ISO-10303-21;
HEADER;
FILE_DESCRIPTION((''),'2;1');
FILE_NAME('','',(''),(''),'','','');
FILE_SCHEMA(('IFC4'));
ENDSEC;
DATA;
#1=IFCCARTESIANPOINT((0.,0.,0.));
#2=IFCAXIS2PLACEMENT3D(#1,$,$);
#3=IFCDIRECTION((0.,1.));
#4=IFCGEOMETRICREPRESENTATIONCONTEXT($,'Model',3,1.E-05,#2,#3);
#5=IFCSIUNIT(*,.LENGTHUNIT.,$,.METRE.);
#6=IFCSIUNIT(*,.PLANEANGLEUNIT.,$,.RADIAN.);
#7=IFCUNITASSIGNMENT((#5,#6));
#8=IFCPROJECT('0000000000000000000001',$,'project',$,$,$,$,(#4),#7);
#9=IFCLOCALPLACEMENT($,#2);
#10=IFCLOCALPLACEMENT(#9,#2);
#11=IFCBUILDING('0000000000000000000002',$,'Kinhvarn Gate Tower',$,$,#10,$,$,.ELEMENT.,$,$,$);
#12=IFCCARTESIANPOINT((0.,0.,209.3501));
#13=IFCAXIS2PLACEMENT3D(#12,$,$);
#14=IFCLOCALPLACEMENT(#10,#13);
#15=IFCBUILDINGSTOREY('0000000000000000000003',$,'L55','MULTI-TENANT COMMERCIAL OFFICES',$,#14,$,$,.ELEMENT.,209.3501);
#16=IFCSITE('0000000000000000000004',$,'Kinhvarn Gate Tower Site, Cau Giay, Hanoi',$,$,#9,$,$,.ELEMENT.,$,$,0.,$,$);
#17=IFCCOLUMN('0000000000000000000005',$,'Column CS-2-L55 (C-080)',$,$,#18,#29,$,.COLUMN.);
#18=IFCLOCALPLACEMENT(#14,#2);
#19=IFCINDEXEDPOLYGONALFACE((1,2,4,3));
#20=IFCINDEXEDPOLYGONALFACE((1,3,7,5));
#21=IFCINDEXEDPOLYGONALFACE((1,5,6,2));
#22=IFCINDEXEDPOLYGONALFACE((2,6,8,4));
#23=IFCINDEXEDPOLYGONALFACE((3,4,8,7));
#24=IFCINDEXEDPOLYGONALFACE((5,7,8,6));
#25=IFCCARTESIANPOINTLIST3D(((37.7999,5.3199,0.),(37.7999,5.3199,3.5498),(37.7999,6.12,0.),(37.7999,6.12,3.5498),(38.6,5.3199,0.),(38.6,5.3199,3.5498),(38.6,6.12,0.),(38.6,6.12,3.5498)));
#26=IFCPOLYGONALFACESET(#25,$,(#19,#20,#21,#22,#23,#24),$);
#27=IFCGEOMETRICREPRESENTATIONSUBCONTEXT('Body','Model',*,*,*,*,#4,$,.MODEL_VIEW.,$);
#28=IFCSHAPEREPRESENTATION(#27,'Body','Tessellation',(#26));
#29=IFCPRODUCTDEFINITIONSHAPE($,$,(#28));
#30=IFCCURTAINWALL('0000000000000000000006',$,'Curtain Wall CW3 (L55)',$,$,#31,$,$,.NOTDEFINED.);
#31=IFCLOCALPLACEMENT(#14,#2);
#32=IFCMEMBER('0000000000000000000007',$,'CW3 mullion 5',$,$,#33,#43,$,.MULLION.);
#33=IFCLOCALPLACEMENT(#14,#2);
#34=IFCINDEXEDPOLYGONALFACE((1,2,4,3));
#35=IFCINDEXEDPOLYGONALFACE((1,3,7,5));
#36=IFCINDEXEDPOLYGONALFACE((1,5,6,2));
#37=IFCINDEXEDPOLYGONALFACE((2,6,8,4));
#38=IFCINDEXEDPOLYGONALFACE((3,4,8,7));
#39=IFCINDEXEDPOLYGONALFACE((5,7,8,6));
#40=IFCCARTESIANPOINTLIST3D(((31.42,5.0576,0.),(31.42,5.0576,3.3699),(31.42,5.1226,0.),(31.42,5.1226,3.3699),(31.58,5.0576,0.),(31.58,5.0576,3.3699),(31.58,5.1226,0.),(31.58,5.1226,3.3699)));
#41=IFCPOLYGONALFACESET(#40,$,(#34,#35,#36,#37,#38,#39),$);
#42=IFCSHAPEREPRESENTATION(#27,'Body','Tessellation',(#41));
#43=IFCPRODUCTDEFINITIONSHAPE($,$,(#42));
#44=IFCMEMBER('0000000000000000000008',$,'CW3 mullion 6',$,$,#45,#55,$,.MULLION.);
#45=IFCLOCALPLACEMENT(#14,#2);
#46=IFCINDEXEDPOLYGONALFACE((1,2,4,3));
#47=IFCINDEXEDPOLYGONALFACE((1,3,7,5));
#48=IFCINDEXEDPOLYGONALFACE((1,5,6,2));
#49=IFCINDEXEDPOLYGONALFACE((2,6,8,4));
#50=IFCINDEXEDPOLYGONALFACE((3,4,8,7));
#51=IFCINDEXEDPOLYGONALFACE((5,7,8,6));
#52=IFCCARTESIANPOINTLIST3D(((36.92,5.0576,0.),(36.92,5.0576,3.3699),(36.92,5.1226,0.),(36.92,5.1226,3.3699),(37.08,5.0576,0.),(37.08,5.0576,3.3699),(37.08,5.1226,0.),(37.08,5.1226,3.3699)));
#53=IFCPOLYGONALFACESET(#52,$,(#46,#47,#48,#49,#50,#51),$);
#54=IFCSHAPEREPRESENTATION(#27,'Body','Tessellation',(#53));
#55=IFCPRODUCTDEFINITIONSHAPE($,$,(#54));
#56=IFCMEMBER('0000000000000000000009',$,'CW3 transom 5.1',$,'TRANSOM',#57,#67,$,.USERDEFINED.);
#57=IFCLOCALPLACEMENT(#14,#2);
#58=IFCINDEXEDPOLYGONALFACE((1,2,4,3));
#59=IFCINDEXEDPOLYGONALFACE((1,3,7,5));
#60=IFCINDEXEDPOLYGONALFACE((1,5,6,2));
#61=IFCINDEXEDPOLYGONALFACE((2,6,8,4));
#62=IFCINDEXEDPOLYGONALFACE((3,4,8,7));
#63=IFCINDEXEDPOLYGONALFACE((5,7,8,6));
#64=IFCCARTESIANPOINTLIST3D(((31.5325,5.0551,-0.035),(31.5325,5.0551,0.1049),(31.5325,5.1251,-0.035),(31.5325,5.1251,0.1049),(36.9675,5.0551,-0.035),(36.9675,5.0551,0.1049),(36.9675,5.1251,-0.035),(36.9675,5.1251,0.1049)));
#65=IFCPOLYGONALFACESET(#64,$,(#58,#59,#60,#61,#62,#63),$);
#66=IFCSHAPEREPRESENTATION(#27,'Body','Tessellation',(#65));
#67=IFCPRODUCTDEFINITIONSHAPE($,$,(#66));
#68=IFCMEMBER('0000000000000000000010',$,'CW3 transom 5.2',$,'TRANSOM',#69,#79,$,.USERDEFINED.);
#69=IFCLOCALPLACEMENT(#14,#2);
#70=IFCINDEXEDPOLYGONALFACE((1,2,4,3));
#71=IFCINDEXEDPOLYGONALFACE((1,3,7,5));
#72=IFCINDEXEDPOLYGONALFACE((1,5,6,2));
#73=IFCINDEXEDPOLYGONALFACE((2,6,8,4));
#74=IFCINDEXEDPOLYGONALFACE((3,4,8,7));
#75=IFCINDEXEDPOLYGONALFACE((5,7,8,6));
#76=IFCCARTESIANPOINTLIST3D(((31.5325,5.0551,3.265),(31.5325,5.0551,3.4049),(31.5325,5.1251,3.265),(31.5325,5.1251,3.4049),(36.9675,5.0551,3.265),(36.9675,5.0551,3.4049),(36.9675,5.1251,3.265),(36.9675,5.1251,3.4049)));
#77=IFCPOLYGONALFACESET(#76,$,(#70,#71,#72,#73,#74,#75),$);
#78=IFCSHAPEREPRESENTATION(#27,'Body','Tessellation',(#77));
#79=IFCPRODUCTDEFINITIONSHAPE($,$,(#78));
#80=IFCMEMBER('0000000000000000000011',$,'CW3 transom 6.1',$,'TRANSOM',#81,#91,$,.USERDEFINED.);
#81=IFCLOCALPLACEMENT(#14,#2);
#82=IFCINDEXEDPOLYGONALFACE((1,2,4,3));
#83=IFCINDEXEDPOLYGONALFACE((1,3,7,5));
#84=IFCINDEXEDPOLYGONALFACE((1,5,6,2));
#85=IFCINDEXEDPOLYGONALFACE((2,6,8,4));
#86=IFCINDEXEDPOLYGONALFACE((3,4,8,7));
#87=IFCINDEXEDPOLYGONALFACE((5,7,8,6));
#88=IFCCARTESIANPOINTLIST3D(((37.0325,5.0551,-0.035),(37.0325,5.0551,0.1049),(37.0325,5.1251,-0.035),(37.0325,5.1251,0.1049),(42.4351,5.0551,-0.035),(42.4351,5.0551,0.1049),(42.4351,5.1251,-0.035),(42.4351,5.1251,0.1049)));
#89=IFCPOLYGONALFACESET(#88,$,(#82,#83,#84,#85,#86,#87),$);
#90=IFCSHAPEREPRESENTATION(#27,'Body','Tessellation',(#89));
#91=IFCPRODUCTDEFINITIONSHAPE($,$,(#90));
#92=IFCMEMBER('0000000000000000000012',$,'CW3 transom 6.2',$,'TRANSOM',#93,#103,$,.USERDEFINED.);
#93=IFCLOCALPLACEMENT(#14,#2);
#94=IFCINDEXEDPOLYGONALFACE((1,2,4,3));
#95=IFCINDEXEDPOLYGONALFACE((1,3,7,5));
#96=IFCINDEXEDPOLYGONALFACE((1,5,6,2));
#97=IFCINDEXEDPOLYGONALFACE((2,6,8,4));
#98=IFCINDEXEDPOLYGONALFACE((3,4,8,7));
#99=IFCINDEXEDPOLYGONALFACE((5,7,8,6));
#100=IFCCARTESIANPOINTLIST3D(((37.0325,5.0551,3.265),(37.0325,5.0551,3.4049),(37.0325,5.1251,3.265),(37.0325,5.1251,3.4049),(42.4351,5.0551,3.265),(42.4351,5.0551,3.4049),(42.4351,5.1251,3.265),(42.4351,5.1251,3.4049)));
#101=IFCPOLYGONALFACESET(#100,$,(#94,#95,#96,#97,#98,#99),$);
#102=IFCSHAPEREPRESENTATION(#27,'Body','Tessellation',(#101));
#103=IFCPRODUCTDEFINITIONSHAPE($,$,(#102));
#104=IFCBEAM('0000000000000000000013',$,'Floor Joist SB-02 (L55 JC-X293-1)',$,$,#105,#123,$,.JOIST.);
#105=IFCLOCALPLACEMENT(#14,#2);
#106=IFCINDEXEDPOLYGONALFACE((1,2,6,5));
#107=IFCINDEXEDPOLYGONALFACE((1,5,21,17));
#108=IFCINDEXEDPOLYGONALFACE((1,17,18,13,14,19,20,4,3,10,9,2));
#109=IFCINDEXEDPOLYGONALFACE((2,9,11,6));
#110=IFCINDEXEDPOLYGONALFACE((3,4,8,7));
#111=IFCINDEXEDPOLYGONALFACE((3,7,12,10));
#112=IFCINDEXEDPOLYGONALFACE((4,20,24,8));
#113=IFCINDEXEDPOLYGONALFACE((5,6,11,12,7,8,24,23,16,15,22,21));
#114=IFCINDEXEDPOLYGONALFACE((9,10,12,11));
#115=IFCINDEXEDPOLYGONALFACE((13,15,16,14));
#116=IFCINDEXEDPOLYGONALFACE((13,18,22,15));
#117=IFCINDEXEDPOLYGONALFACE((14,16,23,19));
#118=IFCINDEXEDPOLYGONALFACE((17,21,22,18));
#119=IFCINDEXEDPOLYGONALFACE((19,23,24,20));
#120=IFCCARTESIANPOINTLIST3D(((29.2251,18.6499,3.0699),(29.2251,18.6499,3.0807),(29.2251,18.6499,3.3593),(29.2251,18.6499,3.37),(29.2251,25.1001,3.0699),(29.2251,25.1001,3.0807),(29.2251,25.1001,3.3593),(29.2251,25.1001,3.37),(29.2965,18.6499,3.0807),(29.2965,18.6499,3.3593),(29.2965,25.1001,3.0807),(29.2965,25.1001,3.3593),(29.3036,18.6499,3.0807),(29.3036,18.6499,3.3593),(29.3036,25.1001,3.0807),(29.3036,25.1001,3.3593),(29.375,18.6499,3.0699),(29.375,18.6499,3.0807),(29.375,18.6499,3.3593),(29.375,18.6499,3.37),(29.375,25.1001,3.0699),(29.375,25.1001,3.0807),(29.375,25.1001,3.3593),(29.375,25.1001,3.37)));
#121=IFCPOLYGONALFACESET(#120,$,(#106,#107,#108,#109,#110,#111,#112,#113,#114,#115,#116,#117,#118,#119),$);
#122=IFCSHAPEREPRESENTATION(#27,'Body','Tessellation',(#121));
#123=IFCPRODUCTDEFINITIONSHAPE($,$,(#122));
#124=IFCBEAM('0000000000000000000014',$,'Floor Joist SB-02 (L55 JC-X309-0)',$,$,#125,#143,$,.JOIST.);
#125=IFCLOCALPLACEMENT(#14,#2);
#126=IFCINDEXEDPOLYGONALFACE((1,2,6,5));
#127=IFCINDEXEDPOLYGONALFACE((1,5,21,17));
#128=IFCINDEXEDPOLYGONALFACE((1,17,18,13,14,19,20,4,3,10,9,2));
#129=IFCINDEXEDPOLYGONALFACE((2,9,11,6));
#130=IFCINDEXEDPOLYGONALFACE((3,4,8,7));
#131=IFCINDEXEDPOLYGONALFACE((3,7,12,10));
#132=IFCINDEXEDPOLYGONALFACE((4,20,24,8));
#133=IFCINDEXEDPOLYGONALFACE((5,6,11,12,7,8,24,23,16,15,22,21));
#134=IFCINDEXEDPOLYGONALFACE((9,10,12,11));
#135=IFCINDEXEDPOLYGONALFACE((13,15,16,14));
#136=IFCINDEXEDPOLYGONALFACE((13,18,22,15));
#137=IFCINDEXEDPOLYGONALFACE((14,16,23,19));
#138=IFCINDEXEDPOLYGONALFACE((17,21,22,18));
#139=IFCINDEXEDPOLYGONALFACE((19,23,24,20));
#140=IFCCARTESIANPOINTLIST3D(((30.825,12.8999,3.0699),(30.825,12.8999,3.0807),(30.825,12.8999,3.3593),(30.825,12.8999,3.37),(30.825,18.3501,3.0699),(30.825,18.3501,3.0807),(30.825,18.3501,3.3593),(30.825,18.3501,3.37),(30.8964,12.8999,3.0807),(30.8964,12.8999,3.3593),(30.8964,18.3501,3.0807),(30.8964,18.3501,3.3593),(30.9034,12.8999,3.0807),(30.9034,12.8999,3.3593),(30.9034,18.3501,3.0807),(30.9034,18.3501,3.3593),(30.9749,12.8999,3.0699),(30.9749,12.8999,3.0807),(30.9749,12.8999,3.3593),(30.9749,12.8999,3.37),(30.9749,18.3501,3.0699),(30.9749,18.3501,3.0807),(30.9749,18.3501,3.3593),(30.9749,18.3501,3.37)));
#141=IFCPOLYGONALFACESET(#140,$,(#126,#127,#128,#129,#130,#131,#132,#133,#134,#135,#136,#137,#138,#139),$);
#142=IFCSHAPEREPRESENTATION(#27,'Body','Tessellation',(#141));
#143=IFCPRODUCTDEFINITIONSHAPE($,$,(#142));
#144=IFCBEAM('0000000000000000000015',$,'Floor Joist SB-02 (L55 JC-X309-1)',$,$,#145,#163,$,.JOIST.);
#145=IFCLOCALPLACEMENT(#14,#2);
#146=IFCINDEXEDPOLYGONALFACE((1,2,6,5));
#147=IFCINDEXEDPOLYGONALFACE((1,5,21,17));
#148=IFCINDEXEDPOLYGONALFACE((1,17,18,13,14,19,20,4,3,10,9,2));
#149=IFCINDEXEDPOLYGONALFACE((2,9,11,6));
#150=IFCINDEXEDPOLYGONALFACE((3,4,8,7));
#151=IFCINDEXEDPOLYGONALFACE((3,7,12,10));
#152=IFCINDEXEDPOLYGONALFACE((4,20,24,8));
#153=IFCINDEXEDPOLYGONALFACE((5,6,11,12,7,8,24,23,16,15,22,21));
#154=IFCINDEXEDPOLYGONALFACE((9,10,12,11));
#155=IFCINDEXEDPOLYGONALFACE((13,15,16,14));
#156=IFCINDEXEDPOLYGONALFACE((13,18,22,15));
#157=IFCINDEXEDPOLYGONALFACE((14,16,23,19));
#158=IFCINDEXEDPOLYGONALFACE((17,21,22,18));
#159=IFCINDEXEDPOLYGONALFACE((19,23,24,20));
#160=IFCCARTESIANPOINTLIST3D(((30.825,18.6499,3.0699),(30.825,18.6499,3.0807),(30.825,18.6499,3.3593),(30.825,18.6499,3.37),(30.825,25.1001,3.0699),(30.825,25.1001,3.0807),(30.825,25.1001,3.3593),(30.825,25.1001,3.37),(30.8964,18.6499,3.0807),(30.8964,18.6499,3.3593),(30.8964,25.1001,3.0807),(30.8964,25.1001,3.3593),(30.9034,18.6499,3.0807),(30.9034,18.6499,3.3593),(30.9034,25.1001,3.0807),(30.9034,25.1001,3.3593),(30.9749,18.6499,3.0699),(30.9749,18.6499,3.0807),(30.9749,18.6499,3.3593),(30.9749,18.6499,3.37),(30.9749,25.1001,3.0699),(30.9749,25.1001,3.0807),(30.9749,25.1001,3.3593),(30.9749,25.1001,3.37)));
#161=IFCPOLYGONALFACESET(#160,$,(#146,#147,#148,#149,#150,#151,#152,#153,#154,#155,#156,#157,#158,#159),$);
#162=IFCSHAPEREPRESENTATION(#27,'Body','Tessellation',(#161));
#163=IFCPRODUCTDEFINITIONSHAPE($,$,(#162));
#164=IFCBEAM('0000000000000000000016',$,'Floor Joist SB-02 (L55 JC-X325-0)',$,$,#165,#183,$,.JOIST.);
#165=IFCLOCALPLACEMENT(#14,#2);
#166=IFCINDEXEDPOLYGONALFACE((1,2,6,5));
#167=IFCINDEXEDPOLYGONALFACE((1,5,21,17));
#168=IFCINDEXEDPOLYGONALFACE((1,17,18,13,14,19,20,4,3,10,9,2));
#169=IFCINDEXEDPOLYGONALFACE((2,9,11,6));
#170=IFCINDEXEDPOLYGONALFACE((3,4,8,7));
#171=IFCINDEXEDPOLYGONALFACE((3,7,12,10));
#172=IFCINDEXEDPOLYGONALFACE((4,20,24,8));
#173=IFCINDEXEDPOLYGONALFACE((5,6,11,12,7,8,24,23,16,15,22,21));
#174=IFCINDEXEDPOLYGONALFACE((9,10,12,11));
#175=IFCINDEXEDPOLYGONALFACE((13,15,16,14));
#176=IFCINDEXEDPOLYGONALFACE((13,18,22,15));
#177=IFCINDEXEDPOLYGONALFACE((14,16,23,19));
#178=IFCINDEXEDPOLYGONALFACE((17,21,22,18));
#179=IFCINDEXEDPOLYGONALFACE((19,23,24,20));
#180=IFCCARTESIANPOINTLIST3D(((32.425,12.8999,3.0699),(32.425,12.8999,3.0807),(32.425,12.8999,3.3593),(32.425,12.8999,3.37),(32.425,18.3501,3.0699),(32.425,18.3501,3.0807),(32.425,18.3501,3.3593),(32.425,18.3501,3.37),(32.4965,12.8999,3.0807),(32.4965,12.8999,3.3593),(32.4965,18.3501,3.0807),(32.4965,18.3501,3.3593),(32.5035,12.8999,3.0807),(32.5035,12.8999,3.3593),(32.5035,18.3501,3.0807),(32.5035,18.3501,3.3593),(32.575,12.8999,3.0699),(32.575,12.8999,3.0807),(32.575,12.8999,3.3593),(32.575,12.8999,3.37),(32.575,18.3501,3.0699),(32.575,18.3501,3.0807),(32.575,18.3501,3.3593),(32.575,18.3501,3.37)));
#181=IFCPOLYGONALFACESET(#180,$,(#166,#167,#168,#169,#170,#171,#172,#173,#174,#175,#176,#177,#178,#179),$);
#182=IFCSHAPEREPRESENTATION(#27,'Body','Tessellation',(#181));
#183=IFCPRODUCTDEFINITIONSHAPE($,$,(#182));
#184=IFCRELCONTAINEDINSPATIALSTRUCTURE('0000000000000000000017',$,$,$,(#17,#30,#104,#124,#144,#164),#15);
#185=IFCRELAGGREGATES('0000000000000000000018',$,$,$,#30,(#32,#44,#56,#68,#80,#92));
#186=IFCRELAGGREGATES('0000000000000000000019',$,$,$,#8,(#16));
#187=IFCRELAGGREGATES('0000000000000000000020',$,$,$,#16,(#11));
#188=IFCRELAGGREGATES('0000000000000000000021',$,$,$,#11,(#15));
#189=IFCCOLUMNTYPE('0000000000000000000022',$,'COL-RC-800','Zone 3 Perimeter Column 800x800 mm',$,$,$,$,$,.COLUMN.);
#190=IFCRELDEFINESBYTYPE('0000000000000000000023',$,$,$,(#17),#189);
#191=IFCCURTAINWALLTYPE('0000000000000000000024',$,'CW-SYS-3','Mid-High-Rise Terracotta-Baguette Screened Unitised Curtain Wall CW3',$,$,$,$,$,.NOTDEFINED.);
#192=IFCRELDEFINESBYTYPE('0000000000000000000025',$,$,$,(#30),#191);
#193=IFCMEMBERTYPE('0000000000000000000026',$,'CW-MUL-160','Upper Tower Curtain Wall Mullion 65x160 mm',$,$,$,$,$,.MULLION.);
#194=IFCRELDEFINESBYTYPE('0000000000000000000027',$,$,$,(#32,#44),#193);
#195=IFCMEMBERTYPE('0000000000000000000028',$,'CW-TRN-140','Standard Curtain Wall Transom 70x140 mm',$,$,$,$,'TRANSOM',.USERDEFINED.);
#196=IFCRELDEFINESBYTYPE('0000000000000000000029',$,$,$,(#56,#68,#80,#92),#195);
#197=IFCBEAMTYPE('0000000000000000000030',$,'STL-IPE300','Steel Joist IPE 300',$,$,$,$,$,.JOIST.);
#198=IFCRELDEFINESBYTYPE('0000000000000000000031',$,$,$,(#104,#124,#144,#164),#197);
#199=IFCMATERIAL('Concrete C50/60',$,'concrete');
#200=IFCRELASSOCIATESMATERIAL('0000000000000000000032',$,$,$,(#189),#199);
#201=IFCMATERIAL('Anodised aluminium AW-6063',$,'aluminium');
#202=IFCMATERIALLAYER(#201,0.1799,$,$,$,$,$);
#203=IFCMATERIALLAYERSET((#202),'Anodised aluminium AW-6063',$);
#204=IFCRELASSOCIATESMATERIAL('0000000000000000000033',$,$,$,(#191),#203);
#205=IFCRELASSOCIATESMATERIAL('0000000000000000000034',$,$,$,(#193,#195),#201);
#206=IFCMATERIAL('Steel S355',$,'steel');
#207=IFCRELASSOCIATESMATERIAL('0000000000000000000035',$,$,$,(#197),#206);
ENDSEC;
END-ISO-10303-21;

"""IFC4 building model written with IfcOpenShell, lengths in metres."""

from ifc_helpers import new_model, si_unit, direction, frame, origin, origin_2d, place, context, subcontext, project, spatial, rectangle, i_section, extrude, material, layer, layer_set, material_profile, profile_set, type_object, element, aggregate, save


model = new_model("IFC4")

# Units and contexts
model_context = context("Model", 3, precision=1e-05, world=origin(), true_north=direction((0.0, 1.0)))
body_context = subcontext(model_context, "Body", "Model", "MODEL_VIEW")
ifc_project = project(units=[si_unit("LENGTHUNIT", "METRE"), si_unit("PLANEANGLEUNIT", "RADIAN")], contexts=[model_context])

# Site, building, storey
site_placement = place(None, origin())
site = spatial("IfcSite", under=ifc_project, at=site_placement, Name="Kinhvarn Gate Tower Site, Cau Giay, Hanoi", CompositionType="ELEMENT", RefElevation=0.0)
building_placement = place(site_placement, origin())
building = spatial("IfcBuilding", under=site, at=building_placement, Name="Kinhvarn Gate Tower", CompositionType="ELEMENT")
storey_placement = place(building_placement, frame((0.0, 0.0, 209.3501)))
storey = spatial("IfcBuildingStorey", under=building, at=storey_placement, Name="L55", Description="MULTI-TENANT COMMERCIAL OFFICES", CompositionType="ELEMENT", Elevation=209.3501)

# Column
ifc_material_1 = material(Name="Concrete C50/60", Category="concrete")
ifc_material_profile_1 = material_profile(ifc_material_1, rectangle(XDim=0.8, YDim=0.8, at=origin_2d()), Name="RC 800x800")
ifc_profile_set_1 = profile_set([ifc_material_profile_1], Name="Concrete C50/60")
column_type = type_object("IfcColumnType", Name="COL-RC-800", Description="Zone 3 Perimeter Column 800x800 mm", PredefinedType="COLUMN", material=ifc_profile_set_1)
column_placement = place(storey_placement, frame((38.2, 5.72, 0.0), z_axis=(0.0, 0.0, 1.0), x_axis=(1.0, 0.0, 0.0)))
element("IfcColumn", 1, at=column_placement, inside=storey, type_object=column_type, Name="Column CS-2-L55 (C-080)", PredefinedType="COLUMN", context=body_context, shape_type="SweptSolid", body=[
    extrude(rectangle(XDim=0.8, YDim=0.8, at=origin_2d()), origin(), (0.0, 0.0, 1.0), 3.5498),
])

# Curtain wall, members
ifc_material_2 = material(Name="Anodised aluminium AW-6063", Category="aluminium")
ifc_layer_1 = layer(ifc_material_2, 0.1799)
ifc_layer_set_1 = layer_set([ifc_layer_1], Name="Anodised aluminium AW-6063")
curtain_wall_type = type_object("IfcCurtainWallType", Name="CW-SYS-3", Description="Mid-High-Rise Terracotta-Baguette Screened Unitised Curtain Wall CW3", PredefinedType="NOTDEFINED", material=ifc_layer_set_1)
curtain_wall_placement = place(storey_placement, origin())
curtain_wall = element("IfcCurtainWall", 2, at=curtain_wall_placement, inside=storey, type_object=curtain_wall_type, Name="Curtain Wall CW3 (L55)", PredefinedType="NOTDEFINED")
ifc_material_profile_2 = material_profile(ifc_material_2, rectangle(XDim=0.0649, YDim=0.1599, at=origin_2d()), Name="ALU 65x160")
ifc_profile_set_2 = profile_set([ifc_material_profile_2], Name="Anodised aluminium AW-6063")
member_type_1 = type_object("IfcMemberType", Name="CW-MUL-160", Description="Upper Tower Curtain Wall Mullion 65x160 mm", PredefinedType="MULLION", material=ifc_profile_set_2)
member_1_placement = place(storey_placement, frame((31.5, 5.0901, 0.0), z_axis=(0.0, 0.0, 1.0), x_axis=(0.0, 1.0, 0.0)))
member_1 = element("IfcMember", 3, at=member_1_placement, type_object=member_type_1, Name="CW3 mullion 5", PredefinedType="MULLION", context=body_context, shape_type="SweptSolid", body=[
    extrude(rectangle(XDim=0.0649, YDim=0.1599, at=origin_2d()), origin(), (0.0, 0.0, 1.0), 3.3699),
])
member_2_placement = place(storey_placement, frame((37.0, 5.0901, 0.0), z_axis=(0.0, 0.0, 1.0), x_axis=(0.0, 1.0, 0.0)))
member_2 = element("IfcMember", 4, at=member_2_placement, type_object=member_type_1, Name="CW3 mullion 6", PredefinedType="MULLION", context=body_context, shape_type="SweptSolid", body=[
    extrude(rectangle(XDim=0.0649, YDim=0.1599, at=origin_2d()), origin(), (0.0, 0.0, 1.0), 3.3699),
])
ifc_material_profile_3 = material_profile(ifc_material_2, rectangle(XDim=0.0701, YDim=0.1399, at=origin_2d()), Name="ALU 70x140")
ifc_profile_set_3 = profile_set([ifc_material_profile_3], Name="Anodised aluminium AW-6063")
member_type_2 = type_object("IfcMemberType", Name="CW-TRN-140", Description="Standard Curtain Wall Transom 70x140 mm", ElementType="TRANSOM", PredefinedType="USERDEFINED", material=ifc_profile_set_3)
member_3_placement = place(storey_placement, frame((31.5325, 5.0901, 0.0349), z_axis=(1.0, 0.0, 0.0), x_axis=(0.0, 1.0, 0.0)))
member_3 = element("IfcMember", 5, at=member_3_placement, type_object=member_type_2, Name="CW3 transom 5.1", ObjectType="TRANSOM", PredefinedType="USERDEFINED", context=body_context, shape_type="SweptSolid", body=[
    extrude(rectangle(XDim=0.0701, YDim=0.1399, at=origin_2d()), origin(), (0.0, 0.0, 1.0), 5.4351),
])
member_4_placement = place(storey_placement, frame((31.5325, 5.0901, 3.335), z_axis=(1.0, 0.0, 0.0), x_axis=(0.0, 1.0, 0.0)))
member_4 = element("IfcMember", 6, at=member_4_placement, type_object=member_type_2, Name="CW3 transom 5.2", ObjectType="TRANSOM", PredefinedType="USERDEFINED", context=body_context, shape_type="SweptSolid", body=[
    extrude(rectangle(XDim=0.0701, YDim=0.1399, at=origin_2d()), origin(), (0.0, 0.0, 1.0), 5.4351),
])
member_5_placement = place(storey_placement, frame((37.0325, 5.0901, 0.0349), z_axis=(1.0, 0.0, 0.0), x_axis=(0.0, 1.0, 0.0)))
member_5 = element("IfcMember", 7, at=member_5_placement, type_object=member_type_2, Name="CW3 transom 6.1", ObjectType="TRANSOM", PredefinedType="USERDEFINED", context=body_context, shape_type="SweptSolid", body=[
    extrude(rectangle(XDim=0.0701, YDim=0.1399, at=origin_2d()), origin(), (0.0, 0.0, 1.0), 5.4026),
])
member_6_placement = place(storey_placement, frame((37.0325, 5.0901, 3.335), z_axis=(1.0, 0.0, 0.0), x_axis=(0.0, 1.0, 0.0)))
member_6 = element("IfcMember", 8, at=member_6_placement, type_object=member_type_2, Name="CW3 transom 6.2", ObjectType="TRANSOM", PredefinedType="USERDEFINED", context=body_context, shape_type="SweptSolid", body=[
    extrude(rectangle(XDim=0.0701, YDim=0.1399, at=origin_2d()), origin(), (0.0, 0.0, 1.0), 5.4026),
])

# Beams
ifc_material_3 = material(Name="Steel S355", Category="steel")
ifc_material_profile_4 = material_profile(ifc_material_3, i_section(OverallWidth=0.1499, OverallDepth=0.3, WebThickness=0.0071, FlangeThickness=0.0107, at=origin_2d()), Name="IPE 300")
ifc_profile_set_4 = profile_set([ifc_material_profile_4], Name="Steel S355")
beam_type = type_object("IfcBeamType", Name="STL-IPE300", Description="Steel Joist IPE 300", PredefinedType="JOIST", material=ifc_profile_set_4)
beam_1_placement = place(storey_placement, frame((29.3, 18.6499, 3.22), z_axis=(0.0, 1.0, 0.0), x_axis=(-1.0, 0.0, 0.0)))
element("IfcBeam", 9, at=beam_1_placement, inside=storey, type_object=beam_type, Name="Floor Joist SB-02 (L55 JC-X293-1)", PredefinedType="JOIST", context=body_context, shape_type="SweptSolid", body=[
    extrude(i_section(OverallWidth=0.1499, OverallDepth=0.3, WebThickness=0.0071, FlangeThickness=0.0107, at=origin_2d()), origin(), (0.0, 0.0, 1.0), 6.4502),
])
beam_2_placement = place(storey_placement, frame((30.8999, 12.8999, 3.22), z_axis=(0.0, 1.0, 0.0), x_axis=(-1.0, 0.0, 0.0)))
element("IfcBeam", 10, at=beam_2_placement, inside=storey, type_object=beam_type, Name="Floor Joist SB-02 (L55 JC-X309-0)", PredefinedType="JOIST", context=body_context, shape_type="SweptSolid", body=[
    extrude(i_section(OverallWidth=0.1499, OverallDepth=0.3, WebThickness=0.0071, FlangeThickness=0.0107, at=origin_2d()), origin(), (0.0, 0.0, 1.0), 5.4502),
])
beam_3_placement = place(storey_placement, frame((30.8999, 18.6499, 3.22), z_axis=(0.0, 1.0, 0.0), x_axis=(-1.0, 0.0, 0.0)))
element("IfcBeam", 11, at=beam_3_placement, inside=storey, type_object=beam_type, Name="Floor Joist SB-02 (L55 JC-X309-1)", PredefinedType="JOIST", context=body_context, shape_type="SweptSolid", body=[
    extrude(i_section(OverallWidth=0.1499, OverallDepth=0.3, WebThickness=0.0071, FlangeThickness=0.0107, at=origin_2d()), origin(), (0.0, 0.0, 1.0), 6.4502),
])
beam_4_placement = place(storey_placement, frame((32.5, 12.8999, 3.22), z_axis=(0.0, 1.0, 0.0), x_axis=(-1.0, 0.0, 0.0)))
element("IfcBeam", 12, at=beam_4_placement, inside=storey, type_object=beam_type, Name="Floor Joist SB-02 (L55 JC-X325-0)", PredefinedType="JOIST", context=body_context, shape_type="SweptSolid", body=[
    extrude(i_section(OverallWidth=0.1499, OverallDepth=0.3, WebThickness=0.0071, FlangeThickness=0.0107, at=origin_2d()), origin(), (0.0, 0.0, 1.0), 5.4502),
])

aggregate(curtain_wall, [member_1, member_2, member_3, member_4, member_5, member_6])

save(model, "model.ifc")
